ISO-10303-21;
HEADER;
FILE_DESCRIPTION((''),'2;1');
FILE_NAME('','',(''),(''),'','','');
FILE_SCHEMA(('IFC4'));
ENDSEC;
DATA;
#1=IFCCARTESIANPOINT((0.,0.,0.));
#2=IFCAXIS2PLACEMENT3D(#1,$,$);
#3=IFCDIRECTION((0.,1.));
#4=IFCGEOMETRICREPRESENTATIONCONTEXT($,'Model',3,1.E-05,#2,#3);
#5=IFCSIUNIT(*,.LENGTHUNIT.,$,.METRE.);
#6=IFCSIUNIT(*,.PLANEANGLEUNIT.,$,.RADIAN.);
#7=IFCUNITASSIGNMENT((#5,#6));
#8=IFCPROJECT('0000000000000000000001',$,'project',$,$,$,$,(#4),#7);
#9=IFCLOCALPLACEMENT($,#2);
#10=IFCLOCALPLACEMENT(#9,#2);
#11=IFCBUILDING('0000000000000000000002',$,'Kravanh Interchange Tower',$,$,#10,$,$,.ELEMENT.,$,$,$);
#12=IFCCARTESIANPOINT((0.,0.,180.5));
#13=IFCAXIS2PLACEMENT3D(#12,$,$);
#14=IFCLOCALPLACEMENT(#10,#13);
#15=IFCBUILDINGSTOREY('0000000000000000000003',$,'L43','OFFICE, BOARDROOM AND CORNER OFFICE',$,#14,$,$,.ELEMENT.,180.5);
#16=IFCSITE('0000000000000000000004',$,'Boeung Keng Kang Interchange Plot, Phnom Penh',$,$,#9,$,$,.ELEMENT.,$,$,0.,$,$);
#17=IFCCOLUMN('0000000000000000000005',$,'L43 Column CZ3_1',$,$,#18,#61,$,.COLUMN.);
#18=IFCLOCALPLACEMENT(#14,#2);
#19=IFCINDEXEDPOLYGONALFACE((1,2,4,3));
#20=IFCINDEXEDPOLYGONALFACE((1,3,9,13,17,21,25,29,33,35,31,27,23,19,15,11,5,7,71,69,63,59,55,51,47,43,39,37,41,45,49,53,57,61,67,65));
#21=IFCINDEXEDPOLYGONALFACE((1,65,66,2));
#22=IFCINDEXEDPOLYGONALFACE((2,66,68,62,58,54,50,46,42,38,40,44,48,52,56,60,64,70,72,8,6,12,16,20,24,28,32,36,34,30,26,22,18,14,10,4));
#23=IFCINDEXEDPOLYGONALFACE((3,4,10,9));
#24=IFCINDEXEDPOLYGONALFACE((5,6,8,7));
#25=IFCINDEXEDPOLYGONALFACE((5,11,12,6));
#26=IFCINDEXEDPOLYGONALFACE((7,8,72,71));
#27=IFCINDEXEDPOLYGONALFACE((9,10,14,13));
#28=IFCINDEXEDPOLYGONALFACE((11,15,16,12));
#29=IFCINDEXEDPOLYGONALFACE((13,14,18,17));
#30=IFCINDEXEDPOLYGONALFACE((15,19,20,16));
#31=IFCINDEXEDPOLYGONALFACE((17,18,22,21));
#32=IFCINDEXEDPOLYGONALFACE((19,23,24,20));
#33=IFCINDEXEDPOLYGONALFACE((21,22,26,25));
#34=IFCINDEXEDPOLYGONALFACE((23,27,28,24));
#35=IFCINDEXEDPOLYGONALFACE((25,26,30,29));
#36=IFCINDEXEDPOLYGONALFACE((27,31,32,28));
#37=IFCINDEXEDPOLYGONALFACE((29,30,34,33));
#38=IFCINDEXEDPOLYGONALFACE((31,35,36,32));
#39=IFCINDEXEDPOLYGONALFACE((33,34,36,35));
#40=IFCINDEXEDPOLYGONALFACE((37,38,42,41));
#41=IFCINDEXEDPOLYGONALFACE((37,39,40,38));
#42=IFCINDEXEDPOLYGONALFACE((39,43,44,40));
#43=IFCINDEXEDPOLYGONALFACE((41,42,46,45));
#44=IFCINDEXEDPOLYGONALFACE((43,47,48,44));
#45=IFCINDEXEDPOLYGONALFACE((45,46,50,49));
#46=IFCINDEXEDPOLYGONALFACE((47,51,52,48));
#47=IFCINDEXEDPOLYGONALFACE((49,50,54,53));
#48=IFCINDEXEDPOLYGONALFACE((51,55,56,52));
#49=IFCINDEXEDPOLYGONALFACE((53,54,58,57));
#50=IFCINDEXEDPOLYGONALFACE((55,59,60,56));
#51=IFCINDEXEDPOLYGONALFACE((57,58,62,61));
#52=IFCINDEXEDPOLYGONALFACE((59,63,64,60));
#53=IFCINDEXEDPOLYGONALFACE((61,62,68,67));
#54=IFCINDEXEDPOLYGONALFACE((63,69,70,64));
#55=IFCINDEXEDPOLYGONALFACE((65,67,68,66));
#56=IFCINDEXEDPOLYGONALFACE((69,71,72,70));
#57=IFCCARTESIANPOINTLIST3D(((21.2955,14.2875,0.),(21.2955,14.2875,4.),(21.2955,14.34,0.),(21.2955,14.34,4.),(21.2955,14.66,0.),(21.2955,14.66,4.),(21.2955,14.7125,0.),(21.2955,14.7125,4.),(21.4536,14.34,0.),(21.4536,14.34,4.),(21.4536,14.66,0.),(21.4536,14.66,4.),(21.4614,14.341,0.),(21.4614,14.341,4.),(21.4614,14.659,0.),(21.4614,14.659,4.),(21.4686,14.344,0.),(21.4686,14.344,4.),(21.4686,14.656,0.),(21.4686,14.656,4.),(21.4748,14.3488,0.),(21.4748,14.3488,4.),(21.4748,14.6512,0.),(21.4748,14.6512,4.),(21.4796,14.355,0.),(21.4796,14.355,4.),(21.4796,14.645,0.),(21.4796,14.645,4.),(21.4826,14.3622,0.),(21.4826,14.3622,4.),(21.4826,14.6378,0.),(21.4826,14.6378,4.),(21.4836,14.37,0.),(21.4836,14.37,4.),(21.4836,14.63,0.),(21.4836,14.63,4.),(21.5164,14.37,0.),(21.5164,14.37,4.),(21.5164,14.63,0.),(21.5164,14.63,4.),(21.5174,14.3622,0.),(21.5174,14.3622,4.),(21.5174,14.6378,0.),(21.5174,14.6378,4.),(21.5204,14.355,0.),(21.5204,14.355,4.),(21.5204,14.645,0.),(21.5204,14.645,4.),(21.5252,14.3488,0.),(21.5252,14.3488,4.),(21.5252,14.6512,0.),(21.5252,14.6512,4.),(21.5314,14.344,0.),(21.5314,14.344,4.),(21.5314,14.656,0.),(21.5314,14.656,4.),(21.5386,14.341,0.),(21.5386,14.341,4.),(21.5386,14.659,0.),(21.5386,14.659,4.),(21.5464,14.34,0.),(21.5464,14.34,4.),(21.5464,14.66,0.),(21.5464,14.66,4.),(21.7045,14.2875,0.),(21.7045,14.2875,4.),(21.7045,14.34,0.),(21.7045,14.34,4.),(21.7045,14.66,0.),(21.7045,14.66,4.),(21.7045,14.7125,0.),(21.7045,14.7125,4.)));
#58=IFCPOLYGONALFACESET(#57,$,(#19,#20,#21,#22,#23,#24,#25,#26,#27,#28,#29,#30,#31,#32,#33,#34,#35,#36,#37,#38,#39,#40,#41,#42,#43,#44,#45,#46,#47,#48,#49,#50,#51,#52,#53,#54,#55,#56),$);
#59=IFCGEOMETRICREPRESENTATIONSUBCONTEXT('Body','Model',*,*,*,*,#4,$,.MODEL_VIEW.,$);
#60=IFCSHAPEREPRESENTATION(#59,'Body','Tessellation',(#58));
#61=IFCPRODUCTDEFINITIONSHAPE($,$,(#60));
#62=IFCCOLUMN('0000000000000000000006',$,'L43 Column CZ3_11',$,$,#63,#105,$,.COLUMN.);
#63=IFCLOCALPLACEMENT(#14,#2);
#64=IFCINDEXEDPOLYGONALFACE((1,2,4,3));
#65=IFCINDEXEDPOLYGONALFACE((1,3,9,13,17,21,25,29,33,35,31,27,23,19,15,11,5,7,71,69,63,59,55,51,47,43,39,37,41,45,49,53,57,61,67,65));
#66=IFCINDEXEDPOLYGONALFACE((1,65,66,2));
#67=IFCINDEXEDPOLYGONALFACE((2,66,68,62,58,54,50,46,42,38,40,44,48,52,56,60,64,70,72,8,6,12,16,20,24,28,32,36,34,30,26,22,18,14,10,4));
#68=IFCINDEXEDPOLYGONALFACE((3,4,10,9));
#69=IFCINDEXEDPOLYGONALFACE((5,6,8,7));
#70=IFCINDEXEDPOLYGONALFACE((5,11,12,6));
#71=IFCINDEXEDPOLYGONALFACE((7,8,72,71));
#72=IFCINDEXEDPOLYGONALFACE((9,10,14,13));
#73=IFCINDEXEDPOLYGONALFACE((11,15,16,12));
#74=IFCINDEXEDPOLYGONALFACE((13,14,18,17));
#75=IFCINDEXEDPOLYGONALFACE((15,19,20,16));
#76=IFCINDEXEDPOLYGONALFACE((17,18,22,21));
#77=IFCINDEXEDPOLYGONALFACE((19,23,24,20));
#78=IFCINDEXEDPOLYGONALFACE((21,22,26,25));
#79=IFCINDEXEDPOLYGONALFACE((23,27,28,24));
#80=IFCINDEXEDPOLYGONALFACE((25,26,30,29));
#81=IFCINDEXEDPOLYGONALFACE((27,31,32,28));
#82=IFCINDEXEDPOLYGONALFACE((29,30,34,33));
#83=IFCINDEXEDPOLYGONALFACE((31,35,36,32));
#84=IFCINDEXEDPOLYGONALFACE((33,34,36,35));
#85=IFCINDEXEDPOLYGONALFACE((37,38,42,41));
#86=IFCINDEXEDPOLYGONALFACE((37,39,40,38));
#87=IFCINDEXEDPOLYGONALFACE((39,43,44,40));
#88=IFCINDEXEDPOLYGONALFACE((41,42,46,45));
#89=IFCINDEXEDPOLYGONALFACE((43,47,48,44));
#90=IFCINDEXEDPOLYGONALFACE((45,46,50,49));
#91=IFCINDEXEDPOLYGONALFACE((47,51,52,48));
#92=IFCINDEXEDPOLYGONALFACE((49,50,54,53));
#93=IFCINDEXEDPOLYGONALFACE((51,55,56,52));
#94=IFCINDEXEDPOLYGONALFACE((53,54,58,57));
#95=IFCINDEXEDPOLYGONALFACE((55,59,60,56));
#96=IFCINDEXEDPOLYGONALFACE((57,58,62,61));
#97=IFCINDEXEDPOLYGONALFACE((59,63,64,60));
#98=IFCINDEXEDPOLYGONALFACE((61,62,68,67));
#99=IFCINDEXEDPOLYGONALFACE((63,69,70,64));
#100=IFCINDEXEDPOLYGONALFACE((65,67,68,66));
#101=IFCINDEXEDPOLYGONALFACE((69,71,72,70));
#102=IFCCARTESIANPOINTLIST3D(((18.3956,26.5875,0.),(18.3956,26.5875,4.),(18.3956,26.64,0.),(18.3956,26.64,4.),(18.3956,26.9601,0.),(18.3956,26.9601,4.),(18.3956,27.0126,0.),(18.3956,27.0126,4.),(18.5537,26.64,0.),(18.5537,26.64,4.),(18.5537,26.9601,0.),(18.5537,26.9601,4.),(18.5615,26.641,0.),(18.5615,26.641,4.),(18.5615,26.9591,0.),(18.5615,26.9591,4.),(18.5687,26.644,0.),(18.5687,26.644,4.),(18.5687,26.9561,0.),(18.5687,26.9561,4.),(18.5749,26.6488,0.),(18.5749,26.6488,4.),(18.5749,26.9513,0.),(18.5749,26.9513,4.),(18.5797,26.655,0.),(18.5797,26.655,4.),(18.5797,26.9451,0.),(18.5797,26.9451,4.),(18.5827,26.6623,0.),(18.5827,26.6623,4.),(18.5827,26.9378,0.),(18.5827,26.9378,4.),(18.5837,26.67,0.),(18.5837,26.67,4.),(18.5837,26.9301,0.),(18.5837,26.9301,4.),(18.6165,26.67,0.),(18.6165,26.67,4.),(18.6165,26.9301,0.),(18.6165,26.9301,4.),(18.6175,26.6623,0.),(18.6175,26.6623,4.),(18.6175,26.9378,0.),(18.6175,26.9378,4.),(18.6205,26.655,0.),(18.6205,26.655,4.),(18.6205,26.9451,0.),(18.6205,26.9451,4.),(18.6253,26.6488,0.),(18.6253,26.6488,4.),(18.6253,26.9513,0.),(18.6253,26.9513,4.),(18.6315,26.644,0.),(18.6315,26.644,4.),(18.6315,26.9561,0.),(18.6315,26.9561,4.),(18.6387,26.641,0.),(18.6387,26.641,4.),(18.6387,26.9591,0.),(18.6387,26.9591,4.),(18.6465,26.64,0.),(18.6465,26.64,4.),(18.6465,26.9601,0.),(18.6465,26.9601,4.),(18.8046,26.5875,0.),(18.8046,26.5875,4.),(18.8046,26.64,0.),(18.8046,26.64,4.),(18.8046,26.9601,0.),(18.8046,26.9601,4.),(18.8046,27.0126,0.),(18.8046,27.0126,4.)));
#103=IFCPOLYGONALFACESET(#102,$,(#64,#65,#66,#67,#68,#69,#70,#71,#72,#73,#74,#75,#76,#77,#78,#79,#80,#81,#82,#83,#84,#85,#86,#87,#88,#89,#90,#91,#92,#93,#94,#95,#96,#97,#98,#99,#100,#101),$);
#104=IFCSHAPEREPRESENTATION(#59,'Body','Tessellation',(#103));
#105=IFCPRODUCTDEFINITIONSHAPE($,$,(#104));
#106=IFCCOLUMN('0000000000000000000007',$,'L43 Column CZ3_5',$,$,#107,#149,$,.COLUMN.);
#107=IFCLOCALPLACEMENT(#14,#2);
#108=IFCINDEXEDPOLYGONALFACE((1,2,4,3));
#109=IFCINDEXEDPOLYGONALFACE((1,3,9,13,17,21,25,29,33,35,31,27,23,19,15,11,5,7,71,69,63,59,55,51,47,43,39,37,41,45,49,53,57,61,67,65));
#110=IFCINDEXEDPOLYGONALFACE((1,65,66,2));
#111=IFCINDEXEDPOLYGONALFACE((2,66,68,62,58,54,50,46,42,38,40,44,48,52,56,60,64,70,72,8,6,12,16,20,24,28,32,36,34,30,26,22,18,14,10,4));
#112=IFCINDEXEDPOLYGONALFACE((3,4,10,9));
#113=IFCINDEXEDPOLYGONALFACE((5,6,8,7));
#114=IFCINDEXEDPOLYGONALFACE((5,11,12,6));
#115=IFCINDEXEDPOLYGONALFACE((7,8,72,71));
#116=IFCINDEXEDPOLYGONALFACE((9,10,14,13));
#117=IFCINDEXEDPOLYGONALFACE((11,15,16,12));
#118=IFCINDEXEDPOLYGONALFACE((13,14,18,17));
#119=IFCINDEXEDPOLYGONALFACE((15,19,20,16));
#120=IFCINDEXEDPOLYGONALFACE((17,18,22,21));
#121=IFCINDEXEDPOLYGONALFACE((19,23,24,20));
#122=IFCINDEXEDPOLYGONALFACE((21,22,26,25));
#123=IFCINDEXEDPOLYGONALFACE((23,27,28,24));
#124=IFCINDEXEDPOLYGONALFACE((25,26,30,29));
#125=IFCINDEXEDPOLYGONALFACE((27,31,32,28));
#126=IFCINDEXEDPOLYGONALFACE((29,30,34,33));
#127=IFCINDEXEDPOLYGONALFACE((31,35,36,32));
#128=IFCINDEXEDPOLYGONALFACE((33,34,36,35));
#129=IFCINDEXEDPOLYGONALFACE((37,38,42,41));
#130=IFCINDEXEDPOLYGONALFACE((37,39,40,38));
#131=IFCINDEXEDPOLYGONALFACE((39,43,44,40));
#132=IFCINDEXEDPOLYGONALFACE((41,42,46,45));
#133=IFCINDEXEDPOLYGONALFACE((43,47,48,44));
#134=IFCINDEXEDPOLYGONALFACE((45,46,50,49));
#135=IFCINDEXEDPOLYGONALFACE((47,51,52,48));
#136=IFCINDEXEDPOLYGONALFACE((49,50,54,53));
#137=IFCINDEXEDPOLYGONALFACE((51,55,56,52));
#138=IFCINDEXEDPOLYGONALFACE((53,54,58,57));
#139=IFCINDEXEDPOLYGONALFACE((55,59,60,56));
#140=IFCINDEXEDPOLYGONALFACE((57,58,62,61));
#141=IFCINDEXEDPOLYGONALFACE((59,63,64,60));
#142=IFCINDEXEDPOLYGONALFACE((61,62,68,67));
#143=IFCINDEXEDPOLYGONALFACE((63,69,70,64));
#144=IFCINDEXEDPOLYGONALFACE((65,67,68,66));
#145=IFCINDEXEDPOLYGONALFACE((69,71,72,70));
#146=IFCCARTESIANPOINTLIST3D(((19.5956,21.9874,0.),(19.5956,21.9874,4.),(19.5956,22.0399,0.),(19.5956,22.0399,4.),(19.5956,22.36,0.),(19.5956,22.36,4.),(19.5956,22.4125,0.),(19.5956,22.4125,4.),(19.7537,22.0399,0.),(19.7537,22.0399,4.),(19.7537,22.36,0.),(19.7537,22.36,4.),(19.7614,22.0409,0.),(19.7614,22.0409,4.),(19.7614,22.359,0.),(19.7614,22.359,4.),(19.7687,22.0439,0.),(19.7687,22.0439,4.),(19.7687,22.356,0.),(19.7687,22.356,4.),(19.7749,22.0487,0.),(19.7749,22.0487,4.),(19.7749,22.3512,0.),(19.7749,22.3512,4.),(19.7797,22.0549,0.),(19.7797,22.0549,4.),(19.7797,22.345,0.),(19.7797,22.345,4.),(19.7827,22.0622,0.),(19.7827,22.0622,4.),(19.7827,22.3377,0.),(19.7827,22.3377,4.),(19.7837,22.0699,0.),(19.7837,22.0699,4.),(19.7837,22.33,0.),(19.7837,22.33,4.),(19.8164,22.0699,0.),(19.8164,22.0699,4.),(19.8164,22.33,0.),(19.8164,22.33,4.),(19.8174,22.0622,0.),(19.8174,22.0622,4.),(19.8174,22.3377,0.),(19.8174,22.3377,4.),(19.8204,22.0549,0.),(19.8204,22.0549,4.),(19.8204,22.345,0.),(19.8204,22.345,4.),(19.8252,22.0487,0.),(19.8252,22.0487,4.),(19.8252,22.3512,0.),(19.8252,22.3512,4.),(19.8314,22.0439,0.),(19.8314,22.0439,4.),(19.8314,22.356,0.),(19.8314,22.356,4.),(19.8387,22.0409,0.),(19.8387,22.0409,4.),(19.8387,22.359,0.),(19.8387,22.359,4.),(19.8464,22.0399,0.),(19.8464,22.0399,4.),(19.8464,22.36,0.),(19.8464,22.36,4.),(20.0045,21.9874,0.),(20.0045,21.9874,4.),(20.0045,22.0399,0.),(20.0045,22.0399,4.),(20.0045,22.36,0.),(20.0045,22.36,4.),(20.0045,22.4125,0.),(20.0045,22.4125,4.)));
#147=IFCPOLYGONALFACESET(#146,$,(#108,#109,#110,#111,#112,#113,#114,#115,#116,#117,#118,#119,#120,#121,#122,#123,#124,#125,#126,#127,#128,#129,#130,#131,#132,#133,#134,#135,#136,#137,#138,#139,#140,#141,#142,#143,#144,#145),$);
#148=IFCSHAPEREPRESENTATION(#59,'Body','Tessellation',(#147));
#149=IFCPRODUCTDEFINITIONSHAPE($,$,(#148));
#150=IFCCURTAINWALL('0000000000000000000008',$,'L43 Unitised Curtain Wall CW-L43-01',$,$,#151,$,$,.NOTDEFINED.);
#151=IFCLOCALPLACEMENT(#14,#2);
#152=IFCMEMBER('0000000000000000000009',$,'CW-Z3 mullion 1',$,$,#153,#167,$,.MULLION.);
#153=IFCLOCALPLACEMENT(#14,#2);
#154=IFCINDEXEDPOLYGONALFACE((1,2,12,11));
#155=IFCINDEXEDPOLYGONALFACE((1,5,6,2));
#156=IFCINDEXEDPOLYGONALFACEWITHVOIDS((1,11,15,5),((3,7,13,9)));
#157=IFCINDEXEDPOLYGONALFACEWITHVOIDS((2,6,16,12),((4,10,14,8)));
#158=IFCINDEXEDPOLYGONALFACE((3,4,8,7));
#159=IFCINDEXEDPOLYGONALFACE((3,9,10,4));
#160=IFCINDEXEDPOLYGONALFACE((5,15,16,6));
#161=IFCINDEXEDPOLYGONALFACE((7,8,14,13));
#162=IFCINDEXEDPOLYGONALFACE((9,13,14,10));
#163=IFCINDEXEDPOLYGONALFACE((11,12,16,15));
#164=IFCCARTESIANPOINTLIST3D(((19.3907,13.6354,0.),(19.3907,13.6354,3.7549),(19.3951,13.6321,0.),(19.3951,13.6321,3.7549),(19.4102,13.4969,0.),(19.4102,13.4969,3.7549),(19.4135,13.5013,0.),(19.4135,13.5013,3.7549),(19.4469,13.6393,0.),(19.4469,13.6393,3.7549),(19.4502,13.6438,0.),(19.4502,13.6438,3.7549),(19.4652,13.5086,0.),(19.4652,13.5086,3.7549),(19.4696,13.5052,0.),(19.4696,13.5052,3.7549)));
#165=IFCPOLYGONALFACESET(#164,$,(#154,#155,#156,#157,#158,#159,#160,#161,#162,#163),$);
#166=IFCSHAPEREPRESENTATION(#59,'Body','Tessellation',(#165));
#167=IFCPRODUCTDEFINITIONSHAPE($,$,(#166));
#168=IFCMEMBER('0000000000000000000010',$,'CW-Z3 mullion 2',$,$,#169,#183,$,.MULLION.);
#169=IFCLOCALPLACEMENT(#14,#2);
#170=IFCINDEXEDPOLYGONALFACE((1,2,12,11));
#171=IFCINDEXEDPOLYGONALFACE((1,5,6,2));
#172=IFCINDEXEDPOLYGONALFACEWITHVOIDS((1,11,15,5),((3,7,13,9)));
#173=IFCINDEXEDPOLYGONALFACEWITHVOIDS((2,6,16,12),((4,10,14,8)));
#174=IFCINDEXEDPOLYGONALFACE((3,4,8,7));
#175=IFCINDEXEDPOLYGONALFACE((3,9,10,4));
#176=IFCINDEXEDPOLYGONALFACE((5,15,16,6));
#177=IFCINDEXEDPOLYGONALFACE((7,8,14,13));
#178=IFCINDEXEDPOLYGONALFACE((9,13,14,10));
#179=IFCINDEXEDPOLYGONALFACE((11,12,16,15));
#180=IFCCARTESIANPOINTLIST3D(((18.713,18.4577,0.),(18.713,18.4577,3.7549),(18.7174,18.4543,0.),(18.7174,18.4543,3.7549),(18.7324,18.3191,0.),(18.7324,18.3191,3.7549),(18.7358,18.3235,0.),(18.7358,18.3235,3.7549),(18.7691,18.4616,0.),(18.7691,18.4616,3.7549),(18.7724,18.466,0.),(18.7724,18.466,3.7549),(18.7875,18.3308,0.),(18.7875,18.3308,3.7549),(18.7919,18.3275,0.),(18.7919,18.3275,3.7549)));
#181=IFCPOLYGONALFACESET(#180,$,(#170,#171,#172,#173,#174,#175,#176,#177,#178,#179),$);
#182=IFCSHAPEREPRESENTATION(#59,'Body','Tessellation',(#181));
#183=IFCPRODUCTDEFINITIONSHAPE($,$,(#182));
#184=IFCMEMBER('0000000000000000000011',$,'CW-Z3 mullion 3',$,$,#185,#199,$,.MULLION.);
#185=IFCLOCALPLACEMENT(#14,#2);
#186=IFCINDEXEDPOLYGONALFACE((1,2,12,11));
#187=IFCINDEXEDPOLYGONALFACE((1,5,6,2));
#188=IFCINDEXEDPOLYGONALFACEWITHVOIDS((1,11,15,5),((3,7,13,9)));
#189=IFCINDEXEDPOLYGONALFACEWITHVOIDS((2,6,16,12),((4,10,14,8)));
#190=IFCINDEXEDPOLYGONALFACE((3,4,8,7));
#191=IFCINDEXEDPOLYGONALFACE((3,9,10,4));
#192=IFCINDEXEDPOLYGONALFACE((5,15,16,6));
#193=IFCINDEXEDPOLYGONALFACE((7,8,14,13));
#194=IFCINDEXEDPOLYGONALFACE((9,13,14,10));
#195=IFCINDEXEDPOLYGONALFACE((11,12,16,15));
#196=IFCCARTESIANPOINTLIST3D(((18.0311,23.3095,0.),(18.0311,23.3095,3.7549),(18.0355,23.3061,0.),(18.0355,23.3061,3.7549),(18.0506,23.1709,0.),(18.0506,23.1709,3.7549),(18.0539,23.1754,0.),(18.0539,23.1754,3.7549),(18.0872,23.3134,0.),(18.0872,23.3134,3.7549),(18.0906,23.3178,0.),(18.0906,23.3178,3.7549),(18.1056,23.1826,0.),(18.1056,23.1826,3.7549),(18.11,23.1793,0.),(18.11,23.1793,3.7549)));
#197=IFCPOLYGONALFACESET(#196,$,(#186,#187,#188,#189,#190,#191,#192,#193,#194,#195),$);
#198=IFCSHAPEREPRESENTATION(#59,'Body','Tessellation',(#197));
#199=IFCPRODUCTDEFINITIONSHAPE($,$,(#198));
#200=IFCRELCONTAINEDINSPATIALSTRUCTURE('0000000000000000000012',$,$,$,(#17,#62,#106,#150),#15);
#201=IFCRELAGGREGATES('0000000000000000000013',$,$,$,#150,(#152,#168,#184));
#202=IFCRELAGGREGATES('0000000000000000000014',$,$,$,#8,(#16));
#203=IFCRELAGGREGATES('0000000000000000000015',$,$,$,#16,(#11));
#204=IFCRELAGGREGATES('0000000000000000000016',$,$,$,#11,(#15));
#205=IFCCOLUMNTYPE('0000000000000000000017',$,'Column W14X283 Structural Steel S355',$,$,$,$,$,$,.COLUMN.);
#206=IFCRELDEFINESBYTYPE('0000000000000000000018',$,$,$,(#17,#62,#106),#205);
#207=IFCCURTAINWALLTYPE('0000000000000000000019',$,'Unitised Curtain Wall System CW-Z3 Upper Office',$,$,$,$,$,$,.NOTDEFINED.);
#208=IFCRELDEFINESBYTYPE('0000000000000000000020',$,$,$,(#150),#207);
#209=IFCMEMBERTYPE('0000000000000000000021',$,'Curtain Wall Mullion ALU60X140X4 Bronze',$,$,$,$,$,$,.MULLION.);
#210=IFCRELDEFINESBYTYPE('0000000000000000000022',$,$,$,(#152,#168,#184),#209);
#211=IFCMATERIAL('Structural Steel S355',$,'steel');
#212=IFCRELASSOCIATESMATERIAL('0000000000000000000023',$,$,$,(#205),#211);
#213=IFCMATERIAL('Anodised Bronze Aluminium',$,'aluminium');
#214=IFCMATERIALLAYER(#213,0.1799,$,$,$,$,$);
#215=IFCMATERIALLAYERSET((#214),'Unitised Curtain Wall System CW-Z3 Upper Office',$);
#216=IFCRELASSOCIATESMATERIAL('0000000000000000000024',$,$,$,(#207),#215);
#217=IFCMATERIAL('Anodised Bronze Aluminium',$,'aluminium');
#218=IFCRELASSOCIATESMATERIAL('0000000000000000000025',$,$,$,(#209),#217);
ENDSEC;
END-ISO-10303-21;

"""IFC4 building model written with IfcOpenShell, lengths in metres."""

from ifc_helpers import new_model, si_unit, direction, frame, origin, origin_2d, place, context, subcontext, project, spatial, hollow_rectangle, i_section, extrude, material, layer, layer_set, material_profile, profile_set, type_object, element, aggregate, save


model = new_model("IFC4")

# Units and contexts
model_context = context("Model", 3, precision=1e-05, world=origin(), true_north=direction((0.0, 1.0)))
body_context = subcontext(model_context, "Body", "Model", "MODEL_VIEW")
ifc_project = project(units=[si_unit("LENGTHUNIT", "METRE"), si_unit("PLANEANGLEUNIT", "RADIAN")], contexts=[model_context])

# Site, building, storey
site_placement = place(None, origin())
site = spatial("IfcSite", under=ifc_project, at=site_placement, Name="Boeung Keng Kang Interchange Plot, Phnom Penh", CompositionType="ELEMENT", RefElevation=0.0)
building_placement = place(site_placement, origin())
building = spatial("IfcBuilding", under=site, at=building_placement, Name="Kravanh Interchange Tower", CompositionType="ELEMENT")
storey_placement = place(building_placement, frame((0.0, 0.0, 180.5)))
storey = spatial("IfcBuildingStorey", under=building, at=storey_placement, Name="L43", Description="OFFICE, BOARDROOM AND CORNER OFFICE", CompositionType="ELEMENT", Elevation=180.5)

# Columns
ifc_material_1 = material(Name="Structural Steel S355", Category="steel")
ifc_material_profile_1 = material_profile(ifc_material_1, i_section(OverallWidth=0.4089, OverallDepth=0.425, WebThickness=0.0327, FlangeThickness=0.0525, FilletRadius=0.03, at=origin_2d()), Name="W14X283")
ifc_profile_set_1 = profile_set([ifc_material_profile_1], Name="Structural Steel S355")
column_type = type_object("IfcColumnType", Name="Column W14X283 Structural Steel S355", PredefinedType="COLUMN", material=ifc_profile_set_1)
for number, where, z_axis, x_axis, name in (
    (1, (21.5, 14.5, 0.0), (0.0, 0.0, 1.0), (1.0, 0.0, 0.0), "L43 Column CZ3_1"),
    (2, (18.6001, 26.8, 0.0), (0.0, 0.0, 1.0), (1.0, 0.0, 0.0), "L43 Column CZ3_11"),
    (3, (19.8, 22.2, 0.0), (0.0, 0.0, 1.0), (1.0, 0.0, 0.0), "L43 Column CZ3_5"),
):
    element("IfcColumn", number, at=place(storey_placement, frame(where, z_axis=z_axis, x_axis=x_axis)), inside=storey, type_object=column_type, Name=name, PredefinedType="COLUMN", context=body_context, shape_type="SweptSolid", body=[
        extrude(i_section(OverallWidth=0.4089, OverallDepth=0.425, WebThickness=0.0327, FlangeThickness=0.0525, FilletRadius=0.03, at=origin_2d()), origin(), (0.0, 0.0, 1.0), 4.0),
    ])

# Curtain wall, members
ifc_material_2 = material(Name="Anodised Bronze Aluminium", Category="aluminium")
ifc_layer_1 = layer(ifc_material_2, 0.1799)
ifc_layer_set_1 = layer_set([ifc_layer_1], Name="Unitised Curtain Wall System CW-Z3 Upper Office")
curtain_wall_type = type_object("IfcCurtainWallType", Name="Unitised Curtain Wall System CW-Z3 Upper Office", PredefinedType="NOTDEFINED", material=ifc_layer_set_1)
curtain_wall_1_placement = place(storey_placement, origin())
curtain_wall_1 = element("IfcCurtainWall", 4, at=curtain_wall_1_placement, inside=storey, type_object=curtain_wall_type, Name="L43 Unitised Curtain Wall CW-L43-01", PredefinedType="NOTDEFINED")
ifc_material_3 = material(Name="Anodised Bronze Aluminium", Category="aluminium")
ifc_material_profile_2 = material_profile(ifc_material_3, hollow_rectangle(XDim=0.0601, YDim=0.1399, WallThickness=0.0039, at=origin_2d()), Name="ALU60X140X4")
ifc_profile_set_2 = profile_set([ifc_material_profile_2], Name="Anodised Bronze Aluminium")
member_type_1 = type_object("IfcMemberType", Name="Curtain Wall Mullion ALU60X140X4 Bronze", PredefinedType="MULLION", material=ifc_profile_set_2)
member_1_placement = place(storey_placement, frame((19.4302, 13.5703, 0.0), z_axis=(0.0, 0.0, 1.0), x_axis=(-0.990268, -0.139172, 0.0)))
member_1 = element("IfcMember", 5, at=member_1_placement, type_object=member_type_1, Name="CW-Z3 mullion 1", PredefinedType="MULLION", context=body_context, shape_type="SweptSolid", body=[
    extrude(hollow_rectangle(XDim=0.0601, YDim=0.1399, WallThickness=0.0039, at=origin_2d()), origin(), (0.0, 0.0, 1.0), 3.7549),
])
member_2_placement = place(storey_placement, frame((18.7524, 18.3926, 0.0), z_axis=(0.0, 0.0, 1.0), x_axis=(-0.990268, -0.139172, 0.0)))
member_2 = element("IfcMember", 6, at=member_2_placement, type_object=member_type_1, Name="CW-Z3 mullion 2", PredefinedType="MULLION", context=body_context, shape_type="SweptSolid", body=[
    extrude(hollow_rectangle(XDim=0.0601, YDim=0.1399, WallThickness=0.0039, at=origin_2d()), origin(), (0.0, 0.0, 1.0), 3.7549),
])
member_3_placement = place(storey_placement, frame((18.0706, 23.2444, 0.0), z_axis=(0.0, 0.0, 1.0), x_axis=(-0.990268, -0.139172, 0.0)))
member_3 = element("IfcMember", 7, at=member_3_placement, type_object=member_type_1, Name="CW-Z3 mullion 3", PredefinedType="MULLION", context=body_context, shape_type="SweptSolid", body=[
    extrude(hollow_rectangle(XDim=0.0601, YDim=0.1399, WallThickness=0.0039, at=origin_2d()), origin(), (0.0, 0.0, 1.0), 3.7549),
])

aggregate(curtain_wall_1, [member_1, member_2, member_3])

save(model, "model.ifc")
